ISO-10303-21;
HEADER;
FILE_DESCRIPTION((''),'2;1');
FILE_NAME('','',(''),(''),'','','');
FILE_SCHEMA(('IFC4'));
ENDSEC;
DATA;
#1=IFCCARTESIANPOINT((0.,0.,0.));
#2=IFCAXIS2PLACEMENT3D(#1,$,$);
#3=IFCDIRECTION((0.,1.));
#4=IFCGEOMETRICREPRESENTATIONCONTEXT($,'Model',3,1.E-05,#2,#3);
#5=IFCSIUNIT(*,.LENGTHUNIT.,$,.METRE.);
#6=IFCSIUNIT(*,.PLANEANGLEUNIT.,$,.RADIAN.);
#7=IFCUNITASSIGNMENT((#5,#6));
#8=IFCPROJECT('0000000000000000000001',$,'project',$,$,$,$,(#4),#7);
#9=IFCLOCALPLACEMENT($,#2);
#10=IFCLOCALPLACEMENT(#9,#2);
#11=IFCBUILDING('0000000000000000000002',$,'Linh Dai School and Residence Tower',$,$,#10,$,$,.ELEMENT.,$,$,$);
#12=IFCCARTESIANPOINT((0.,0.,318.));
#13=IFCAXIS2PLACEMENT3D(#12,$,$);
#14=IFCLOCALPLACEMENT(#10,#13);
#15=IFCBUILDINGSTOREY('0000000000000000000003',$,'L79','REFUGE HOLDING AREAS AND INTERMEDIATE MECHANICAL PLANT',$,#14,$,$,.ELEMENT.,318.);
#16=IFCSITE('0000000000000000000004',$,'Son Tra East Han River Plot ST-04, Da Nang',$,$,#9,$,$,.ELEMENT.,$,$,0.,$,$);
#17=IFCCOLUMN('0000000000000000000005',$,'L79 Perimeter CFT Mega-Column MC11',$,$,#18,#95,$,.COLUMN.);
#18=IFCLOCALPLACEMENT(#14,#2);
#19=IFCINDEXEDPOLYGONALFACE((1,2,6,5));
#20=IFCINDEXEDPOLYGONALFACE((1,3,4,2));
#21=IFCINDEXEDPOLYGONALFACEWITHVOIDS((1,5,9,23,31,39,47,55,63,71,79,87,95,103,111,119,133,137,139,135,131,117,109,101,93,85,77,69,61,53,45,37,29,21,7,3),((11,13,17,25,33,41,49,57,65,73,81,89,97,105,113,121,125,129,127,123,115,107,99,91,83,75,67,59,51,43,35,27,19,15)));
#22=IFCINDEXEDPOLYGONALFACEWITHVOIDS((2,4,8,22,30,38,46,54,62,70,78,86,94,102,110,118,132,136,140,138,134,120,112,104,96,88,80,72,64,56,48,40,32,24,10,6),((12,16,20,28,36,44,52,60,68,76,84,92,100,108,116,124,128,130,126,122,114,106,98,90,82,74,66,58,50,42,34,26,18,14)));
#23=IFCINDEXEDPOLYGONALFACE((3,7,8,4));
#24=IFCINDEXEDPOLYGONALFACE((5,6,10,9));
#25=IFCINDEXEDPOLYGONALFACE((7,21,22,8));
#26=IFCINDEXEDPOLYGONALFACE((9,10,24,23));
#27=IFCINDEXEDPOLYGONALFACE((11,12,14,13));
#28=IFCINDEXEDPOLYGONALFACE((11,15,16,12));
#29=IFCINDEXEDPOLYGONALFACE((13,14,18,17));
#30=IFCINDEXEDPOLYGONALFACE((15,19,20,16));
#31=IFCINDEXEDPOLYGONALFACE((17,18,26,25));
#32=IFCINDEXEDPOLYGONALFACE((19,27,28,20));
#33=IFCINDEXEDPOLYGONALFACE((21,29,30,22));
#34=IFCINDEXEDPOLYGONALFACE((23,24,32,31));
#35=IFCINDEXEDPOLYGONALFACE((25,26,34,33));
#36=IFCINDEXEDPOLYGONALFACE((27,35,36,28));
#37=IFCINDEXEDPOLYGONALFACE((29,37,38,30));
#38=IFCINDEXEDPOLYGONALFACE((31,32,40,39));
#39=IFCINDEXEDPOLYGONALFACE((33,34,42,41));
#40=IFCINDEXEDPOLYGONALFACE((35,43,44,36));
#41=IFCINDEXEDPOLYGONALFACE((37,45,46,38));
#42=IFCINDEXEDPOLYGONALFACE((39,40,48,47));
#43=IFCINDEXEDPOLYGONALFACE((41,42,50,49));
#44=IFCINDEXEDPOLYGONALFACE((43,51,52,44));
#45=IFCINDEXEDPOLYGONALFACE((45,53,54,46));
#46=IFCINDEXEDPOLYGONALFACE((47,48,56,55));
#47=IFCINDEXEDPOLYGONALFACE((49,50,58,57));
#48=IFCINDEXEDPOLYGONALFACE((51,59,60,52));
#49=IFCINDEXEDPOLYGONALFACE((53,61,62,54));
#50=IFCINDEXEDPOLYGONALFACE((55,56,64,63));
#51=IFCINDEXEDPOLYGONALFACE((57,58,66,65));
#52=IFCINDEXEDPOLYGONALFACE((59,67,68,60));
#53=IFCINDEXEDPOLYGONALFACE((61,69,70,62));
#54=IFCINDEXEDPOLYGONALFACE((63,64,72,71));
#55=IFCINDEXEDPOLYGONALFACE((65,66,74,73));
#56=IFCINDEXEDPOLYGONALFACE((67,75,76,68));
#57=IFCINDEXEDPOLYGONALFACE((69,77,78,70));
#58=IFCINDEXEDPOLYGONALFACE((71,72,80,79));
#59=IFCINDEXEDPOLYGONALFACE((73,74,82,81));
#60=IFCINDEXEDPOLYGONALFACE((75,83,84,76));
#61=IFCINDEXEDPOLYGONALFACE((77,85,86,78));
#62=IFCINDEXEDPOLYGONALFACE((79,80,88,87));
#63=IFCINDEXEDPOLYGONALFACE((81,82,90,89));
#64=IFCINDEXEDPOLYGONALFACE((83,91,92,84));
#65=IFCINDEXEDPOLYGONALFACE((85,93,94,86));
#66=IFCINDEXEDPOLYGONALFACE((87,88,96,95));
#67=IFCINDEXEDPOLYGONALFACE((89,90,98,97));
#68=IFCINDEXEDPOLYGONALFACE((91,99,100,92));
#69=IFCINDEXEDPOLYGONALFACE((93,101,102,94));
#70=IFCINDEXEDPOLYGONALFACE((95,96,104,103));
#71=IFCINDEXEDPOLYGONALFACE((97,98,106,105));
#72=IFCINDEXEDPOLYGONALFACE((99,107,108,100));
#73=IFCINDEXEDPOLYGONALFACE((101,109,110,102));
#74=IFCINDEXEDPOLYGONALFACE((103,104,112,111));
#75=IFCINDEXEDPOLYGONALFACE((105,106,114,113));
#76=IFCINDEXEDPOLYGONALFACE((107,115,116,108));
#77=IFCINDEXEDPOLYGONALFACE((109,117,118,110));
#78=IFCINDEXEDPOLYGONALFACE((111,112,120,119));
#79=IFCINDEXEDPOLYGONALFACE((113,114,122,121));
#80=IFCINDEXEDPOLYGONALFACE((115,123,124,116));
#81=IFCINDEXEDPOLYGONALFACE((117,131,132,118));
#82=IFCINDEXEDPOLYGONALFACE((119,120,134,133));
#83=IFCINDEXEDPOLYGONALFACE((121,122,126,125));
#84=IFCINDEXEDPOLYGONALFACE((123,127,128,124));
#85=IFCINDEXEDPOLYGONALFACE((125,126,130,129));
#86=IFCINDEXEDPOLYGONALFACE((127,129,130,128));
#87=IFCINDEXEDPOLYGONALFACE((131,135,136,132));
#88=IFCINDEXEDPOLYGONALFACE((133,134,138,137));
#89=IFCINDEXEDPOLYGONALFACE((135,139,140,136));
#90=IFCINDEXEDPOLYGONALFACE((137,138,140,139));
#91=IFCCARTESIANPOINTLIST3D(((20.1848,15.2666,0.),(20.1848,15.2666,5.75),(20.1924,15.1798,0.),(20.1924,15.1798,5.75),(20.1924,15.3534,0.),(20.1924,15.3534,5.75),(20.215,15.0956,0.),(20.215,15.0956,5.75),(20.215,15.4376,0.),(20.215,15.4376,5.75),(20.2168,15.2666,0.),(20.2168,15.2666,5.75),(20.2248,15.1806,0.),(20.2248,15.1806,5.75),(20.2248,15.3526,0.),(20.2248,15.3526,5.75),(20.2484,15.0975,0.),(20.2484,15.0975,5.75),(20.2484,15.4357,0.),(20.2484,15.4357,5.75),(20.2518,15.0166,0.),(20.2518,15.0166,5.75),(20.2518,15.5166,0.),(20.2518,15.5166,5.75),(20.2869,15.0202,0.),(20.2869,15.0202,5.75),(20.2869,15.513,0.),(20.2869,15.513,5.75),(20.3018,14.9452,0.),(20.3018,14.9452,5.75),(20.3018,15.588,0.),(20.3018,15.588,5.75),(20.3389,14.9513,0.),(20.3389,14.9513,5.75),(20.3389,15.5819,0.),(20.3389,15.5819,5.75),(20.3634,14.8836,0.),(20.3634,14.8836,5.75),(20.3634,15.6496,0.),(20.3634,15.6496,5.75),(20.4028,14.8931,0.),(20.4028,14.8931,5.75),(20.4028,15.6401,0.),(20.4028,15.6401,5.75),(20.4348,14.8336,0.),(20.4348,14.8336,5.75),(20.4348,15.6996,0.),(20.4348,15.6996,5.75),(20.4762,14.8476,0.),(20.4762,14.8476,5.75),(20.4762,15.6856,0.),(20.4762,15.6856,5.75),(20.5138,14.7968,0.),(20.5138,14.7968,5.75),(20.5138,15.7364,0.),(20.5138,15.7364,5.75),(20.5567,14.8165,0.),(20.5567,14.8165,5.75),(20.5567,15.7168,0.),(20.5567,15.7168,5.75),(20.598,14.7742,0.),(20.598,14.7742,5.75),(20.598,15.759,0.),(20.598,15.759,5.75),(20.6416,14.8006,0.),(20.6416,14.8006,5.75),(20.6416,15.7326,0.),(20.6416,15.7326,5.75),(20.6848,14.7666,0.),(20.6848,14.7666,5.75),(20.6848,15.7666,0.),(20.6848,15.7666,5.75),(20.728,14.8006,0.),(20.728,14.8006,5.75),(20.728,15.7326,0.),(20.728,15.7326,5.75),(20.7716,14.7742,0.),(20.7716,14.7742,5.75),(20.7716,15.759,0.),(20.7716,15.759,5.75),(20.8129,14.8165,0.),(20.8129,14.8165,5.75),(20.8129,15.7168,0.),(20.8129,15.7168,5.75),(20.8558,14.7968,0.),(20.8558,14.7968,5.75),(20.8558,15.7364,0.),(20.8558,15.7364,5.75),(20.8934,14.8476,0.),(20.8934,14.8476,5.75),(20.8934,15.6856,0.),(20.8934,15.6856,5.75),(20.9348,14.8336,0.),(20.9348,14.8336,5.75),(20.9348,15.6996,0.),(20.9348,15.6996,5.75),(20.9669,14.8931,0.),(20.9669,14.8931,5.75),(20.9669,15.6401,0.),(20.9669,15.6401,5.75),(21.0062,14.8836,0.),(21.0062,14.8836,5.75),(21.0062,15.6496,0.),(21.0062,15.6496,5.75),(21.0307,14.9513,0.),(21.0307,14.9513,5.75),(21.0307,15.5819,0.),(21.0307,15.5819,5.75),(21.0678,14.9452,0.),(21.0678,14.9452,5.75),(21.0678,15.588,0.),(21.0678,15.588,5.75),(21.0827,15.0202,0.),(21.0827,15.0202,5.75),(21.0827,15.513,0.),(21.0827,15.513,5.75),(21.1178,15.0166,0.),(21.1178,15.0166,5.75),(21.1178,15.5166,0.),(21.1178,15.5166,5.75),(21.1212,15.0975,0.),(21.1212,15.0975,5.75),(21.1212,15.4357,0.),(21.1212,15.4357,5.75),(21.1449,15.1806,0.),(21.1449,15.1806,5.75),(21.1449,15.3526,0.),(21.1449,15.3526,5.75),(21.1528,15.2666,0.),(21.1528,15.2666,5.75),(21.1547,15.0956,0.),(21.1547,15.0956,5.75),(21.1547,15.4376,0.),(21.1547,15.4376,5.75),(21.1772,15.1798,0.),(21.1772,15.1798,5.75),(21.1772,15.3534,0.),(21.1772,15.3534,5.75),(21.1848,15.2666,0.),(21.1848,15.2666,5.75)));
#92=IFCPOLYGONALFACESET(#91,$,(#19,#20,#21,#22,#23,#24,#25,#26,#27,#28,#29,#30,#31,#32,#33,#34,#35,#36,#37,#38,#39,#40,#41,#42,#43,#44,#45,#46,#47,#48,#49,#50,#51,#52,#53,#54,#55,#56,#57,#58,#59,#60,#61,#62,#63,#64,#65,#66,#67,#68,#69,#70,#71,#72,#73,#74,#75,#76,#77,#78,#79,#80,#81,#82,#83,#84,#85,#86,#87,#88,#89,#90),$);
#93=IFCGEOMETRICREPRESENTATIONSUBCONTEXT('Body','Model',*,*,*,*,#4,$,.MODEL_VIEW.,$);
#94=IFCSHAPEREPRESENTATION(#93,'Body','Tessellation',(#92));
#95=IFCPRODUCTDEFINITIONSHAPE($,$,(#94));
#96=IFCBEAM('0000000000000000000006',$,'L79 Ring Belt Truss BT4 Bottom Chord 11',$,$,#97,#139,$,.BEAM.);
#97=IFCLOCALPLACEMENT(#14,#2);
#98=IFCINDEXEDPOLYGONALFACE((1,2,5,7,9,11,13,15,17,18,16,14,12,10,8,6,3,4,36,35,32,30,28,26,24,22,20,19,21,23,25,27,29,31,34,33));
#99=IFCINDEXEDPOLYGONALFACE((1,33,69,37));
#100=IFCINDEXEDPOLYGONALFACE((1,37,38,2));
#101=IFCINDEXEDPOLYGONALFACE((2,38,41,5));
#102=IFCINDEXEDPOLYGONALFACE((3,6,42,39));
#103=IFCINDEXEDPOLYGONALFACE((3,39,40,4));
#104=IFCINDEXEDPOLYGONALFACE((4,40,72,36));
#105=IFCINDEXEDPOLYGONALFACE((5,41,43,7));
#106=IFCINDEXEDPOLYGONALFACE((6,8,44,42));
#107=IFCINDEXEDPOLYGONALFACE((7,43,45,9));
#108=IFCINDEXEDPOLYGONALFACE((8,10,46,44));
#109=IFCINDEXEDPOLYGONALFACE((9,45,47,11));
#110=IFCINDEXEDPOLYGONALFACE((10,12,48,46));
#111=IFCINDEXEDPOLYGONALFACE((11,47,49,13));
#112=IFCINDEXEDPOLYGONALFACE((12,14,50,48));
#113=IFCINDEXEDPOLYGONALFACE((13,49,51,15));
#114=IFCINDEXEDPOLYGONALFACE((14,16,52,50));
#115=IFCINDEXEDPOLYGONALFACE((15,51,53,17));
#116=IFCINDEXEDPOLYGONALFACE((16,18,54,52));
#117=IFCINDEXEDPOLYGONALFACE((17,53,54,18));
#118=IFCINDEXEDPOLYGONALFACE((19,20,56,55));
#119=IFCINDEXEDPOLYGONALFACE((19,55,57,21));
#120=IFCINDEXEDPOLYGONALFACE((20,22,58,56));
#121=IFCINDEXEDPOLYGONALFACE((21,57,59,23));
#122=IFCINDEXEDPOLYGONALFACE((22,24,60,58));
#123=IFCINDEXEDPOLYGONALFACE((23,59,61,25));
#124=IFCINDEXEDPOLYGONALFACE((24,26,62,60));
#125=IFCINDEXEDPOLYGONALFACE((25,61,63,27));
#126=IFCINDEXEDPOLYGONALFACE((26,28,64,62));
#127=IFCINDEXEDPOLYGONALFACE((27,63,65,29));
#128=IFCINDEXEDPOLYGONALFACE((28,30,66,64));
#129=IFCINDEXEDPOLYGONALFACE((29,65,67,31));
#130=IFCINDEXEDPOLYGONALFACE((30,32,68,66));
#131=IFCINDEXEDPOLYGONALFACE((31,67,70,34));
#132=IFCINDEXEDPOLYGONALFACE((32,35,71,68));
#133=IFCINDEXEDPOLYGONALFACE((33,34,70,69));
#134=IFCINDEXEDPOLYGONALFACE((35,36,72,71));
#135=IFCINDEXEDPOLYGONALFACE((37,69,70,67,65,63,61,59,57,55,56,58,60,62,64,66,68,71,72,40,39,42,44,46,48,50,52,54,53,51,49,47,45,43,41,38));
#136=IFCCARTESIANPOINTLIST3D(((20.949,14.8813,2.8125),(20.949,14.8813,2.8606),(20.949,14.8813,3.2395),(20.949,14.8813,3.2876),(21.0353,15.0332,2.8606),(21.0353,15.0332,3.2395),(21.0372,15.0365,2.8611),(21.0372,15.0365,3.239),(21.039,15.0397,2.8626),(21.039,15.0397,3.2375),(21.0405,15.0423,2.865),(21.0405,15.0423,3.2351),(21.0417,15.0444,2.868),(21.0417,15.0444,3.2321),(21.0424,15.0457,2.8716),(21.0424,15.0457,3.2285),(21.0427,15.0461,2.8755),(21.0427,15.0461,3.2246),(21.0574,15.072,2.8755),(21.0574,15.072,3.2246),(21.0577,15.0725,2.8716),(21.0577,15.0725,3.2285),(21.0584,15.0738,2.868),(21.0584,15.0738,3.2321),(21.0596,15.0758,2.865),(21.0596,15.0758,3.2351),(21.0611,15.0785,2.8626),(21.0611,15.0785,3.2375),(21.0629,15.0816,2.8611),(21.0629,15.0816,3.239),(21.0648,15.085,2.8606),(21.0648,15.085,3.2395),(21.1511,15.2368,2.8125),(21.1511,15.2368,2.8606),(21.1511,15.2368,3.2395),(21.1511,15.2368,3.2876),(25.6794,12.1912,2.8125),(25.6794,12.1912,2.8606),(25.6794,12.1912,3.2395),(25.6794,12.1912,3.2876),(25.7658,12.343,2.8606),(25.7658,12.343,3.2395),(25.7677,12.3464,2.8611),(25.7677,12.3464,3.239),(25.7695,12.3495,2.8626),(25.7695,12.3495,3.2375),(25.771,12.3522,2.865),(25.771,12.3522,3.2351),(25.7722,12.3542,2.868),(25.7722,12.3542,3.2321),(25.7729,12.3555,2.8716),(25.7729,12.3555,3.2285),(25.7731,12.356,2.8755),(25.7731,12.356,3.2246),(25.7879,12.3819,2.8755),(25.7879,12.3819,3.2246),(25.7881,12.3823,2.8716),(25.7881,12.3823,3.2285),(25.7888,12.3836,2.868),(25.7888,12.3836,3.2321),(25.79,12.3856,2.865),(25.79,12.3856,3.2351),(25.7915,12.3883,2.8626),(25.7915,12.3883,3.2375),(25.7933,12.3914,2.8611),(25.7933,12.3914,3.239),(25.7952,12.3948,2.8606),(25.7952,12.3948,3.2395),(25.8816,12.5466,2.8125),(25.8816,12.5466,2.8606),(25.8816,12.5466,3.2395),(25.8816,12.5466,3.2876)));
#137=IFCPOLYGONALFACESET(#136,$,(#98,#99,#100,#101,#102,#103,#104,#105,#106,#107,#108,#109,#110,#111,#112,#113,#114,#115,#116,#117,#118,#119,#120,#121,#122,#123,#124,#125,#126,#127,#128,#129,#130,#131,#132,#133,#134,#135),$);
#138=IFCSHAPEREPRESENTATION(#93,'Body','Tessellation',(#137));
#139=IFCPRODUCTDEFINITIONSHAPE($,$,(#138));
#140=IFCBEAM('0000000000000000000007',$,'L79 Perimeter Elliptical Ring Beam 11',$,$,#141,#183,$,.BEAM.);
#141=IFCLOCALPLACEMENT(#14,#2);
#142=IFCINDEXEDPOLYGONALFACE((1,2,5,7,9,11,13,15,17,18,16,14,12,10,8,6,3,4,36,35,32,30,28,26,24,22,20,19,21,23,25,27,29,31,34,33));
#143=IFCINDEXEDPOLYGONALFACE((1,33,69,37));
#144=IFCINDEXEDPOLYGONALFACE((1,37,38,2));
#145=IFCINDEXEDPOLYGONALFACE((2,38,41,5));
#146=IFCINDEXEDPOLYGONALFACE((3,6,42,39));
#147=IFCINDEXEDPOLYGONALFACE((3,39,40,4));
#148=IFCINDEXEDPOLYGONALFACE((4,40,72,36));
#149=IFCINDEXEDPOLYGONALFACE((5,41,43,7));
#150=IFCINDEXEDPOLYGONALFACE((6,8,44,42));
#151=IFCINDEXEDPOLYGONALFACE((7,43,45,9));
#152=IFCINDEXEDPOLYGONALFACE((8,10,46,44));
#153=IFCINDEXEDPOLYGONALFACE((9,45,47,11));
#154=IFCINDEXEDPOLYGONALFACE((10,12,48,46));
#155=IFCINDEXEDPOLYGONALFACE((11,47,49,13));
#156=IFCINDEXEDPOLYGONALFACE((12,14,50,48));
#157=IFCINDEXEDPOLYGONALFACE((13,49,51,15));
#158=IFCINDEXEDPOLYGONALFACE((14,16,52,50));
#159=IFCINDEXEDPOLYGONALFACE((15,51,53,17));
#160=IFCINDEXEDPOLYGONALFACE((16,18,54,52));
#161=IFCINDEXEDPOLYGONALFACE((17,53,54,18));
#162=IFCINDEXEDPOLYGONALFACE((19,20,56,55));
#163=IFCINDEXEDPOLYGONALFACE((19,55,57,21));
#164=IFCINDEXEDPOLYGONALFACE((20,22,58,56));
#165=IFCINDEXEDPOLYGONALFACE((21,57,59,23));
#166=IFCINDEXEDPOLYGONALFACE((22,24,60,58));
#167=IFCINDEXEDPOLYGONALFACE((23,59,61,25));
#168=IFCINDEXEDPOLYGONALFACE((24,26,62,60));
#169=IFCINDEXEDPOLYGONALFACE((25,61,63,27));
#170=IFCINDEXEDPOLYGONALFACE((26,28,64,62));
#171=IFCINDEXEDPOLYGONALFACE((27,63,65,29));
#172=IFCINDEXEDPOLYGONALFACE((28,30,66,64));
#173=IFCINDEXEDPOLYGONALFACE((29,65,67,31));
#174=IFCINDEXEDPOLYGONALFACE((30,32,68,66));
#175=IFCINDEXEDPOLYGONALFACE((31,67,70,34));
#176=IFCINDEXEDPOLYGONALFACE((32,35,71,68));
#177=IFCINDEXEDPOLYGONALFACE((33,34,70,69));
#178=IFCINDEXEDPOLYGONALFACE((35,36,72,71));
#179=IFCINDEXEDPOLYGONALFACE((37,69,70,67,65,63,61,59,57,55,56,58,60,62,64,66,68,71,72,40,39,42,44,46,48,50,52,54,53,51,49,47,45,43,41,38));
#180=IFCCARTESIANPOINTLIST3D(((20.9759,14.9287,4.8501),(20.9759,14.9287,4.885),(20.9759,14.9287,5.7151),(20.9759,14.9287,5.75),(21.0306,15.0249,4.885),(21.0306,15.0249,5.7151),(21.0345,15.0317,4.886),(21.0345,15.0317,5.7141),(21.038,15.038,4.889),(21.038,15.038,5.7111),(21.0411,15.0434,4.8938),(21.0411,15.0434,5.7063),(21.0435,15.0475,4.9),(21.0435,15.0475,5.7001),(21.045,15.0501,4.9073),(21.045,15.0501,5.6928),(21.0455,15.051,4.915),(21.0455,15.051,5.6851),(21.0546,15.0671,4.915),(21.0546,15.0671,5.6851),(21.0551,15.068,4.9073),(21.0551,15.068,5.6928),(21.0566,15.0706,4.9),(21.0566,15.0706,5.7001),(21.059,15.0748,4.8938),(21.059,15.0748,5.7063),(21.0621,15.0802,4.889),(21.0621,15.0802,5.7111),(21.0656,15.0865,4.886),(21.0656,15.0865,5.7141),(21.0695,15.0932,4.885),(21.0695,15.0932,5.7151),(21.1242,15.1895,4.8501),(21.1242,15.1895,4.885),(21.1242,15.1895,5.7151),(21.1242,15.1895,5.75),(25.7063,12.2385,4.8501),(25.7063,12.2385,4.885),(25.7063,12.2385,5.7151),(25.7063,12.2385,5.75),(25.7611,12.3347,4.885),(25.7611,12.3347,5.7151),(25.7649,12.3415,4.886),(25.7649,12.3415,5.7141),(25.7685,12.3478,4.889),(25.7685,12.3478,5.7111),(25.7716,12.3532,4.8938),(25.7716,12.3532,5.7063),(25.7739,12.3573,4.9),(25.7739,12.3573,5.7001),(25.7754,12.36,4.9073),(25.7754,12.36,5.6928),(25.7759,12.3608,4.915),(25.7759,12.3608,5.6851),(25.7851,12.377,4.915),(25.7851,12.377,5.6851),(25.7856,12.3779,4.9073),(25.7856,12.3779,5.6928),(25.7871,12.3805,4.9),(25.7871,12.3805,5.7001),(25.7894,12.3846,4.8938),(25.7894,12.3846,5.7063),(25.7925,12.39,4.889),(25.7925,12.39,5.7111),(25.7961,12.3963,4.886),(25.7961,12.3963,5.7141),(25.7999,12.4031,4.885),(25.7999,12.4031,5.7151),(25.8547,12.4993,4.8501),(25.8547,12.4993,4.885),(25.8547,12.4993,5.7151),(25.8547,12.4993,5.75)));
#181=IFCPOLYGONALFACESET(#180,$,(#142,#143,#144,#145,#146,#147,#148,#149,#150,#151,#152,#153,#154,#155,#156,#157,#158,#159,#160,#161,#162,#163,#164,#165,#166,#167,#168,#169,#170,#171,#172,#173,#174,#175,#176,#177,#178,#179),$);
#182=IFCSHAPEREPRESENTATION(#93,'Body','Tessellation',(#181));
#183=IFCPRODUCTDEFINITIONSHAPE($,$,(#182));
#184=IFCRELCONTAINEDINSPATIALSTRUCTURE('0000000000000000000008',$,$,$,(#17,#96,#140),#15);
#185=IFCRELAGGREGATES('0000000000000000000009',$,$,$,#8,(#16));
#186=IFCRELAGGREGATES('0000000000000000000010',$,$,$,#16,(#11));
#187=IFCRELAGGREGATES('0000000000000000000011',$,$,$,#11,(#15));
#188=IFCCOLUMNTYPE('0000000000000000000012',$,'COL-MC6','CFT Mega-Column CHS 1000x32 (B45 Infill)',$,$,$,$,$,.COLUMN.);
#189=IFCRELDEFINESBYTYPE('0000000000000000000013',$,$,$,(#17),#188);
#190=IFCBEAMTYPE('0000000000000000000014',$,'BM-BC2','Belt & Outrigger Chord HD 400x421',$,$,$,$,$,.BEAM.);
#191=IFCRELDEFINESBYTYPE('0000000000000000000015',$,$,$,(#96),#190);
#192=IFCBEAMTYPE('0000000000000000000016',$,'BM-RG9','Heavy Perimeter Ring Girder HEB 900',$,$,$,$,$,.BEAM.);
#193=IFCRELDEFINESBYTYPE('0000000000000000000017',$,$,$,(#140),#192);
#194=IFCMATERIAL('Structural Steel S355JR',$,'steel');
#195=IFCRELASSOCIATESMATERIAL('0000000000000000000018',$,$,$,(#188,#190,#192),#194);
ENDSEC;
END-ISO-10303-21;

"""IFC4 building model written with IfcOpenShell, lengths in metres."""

from ifc_helpers import new_model, si_unit, direction, frame, origin, origin_2d, place, context, subcontext, project, spatial, hollow_circle, i_section, extrude, material, material_profile, profile_set, type_object, element, save


model = new_model("IFC4")

# Units and contexts
model_context = context("Model", 3, precision=1e-05, world=origin(), true_north=direction((0.0, 1.0)))
body_context = subcontext(model_context, "Body", "Model", "MODEL_VIEW")
ifc_project = project(units=[si_unit("LENGTHUNIT", "METRE"), si_unit("PLANEANGLEUNIT", "RADIAN")], contexts=[model_context])

# Site, building, storey
site_placement = place(None, origin())
site = spatial("IfcSite", under=ifc_project, at=site_placement, Name="Son Tra East Han River Plot ST-04, Da Nang", CompositionType="ELEMENT", RefElevation=0.0)
building_placement = place(site_placement, origin())
building = spatial("IfcBuilding", under=site, at=building_placement, Name="Linh Dai School and Residence Tower", CompositionType="ELEMENT")
storey_placement = place(building_placement, frame((0.0, 0.0, 318.0)))
storey = spatial("IfcBuildingStorey", under=building, at=storey_placement, Name="L79", Description="REFUGE HOLDING AREAS AND INTERMEDIATE MECHANICAL PLANT", CompositionType="ELEMENT", Elevation=318.0)

# Column
ifc_material_1 = material(Name="Structural Steel S355JR", Category="steel")
ifc_material_profile_1 = material_profile(ifc_material_1, hollow_circle(Radius=0.5, WallThickness=0.032, at=origin_2d()), Name="CHS 1000x32")
ifc_profile_set_1 = profile_set([ifc_material_profile_1], Name="Structural Steel S355JR")
column_type = type_object("IfcColumnType", Name="COL-MC6", Description="CFT Mega-Column CHS 1000x32 (B45 Infill)", PredefinedType="COLUMN", material=ifc_profile_set_1)
column_placement = place(storey_placement, frame((20.6848, 15.2666, 0.0), z_axis=(0.0, 0.0, 1.0), x_axis=(1.0, 0.0, 0.0)))
element("IfcColumn", 1, at=column_placement, inside=storey, type_object=column_type, Name="L79 Perimeter CFT Mega-Column MC11", PredefinedType="COLUMN", context=body_context, shape_type="SweptSolid", body=[
    extrude(hollow_circle(Radius=0.5, WallThickness=0.032, at=origin_2d()), origin(), (0.0, 0.0, 1.0), 5.75),
])

# Beams
ifc_material_profile_2 = material_profile(ifc_material_1, i_section(OverallWidth=0.4089, OverallDepth=0.4751, WebThickness=0.0298, FlangeThickness=0.0481, FilletRadius=0.0149, at=origin_2d()), Name="HD 400x421")
ifc_profile_set_2 = profile_set([ifc_material_profile_2], Name="Structural Steel S355JR")
beam_type_1 = type_object("IfcBeamType", Name="BM-BC2", Description="Belt & Outrigger Chord HD 400x421", PredefinedType="BEAM", material=ifc_profile_set_2)
beam_1_placement = place(storey_placement, frame((21.05, 15.0591, 3.05), z_axis=(0.869266, -0.494345, 0.0), x_axis=(0.494345, 0.869266, 0.0)))
element("IfcBeam", 2, at=beam_1_placement, inside=storey, type_object=beam_type_1, Name="L79 Ring Belt Truss BT4 Bottom Chord 11", PredefinedType="BEAM", context=body_context, shape_type="SweptSolid", body=[
    extrude(i_section(OverallWidth=0.4089, OverallDepth=0.4751, WebThickness=0.0298, FlangeThickness=0.0481, FilletRadius=0.0149, at=origin_2d()), origin(), (0.0, 0.0, 1.0), 5.4419),
])
ifc_material_profile_3 = material_profile(ifc_material_1, i_section(OverallWidth=0.3, OverallDepth=0.8999, WebThickness=0.0186, FlangeThickness=0.0349, FilletRadius=0.03, at=origin_2d()), Name="HEB 900")
ifc_profile_set_3 = profile_set([ifc_material_profile_3], Name="Structural Steel S355JR")
beam_type_2 = type_object("IfcBeamType", Name="BM-RG9", Description="Heavy Perimeter Ring Girder HEB 900", PredefinedType="BEAM", material=ifc_profile_set_3)
beam_2_placement = place(storey_placement, frame((21.05, 15.0591, 5.3), z_axis=(0.869266, -0.494345, 0.0), x_axis=(0.494345, 0.869266, 0.0)))
element("IfcBeam", 3, at=beam_2_placement, inside=storey, type_object=beam_type_2, Name="L79 Perimeter Elliptical Ring Beam 11", PredefinedType="BEAM", context=body_context, shape_type="SweptSolid", body=[
    extrude(i_section(OverallWidth=0.3, OverallDepth=0.8999, WebThickness=0.0186, FlangeThickness=0.0349, FilletRadius=0.03, at=origin_2d()), origin(), (0.0, 0.0, 1.0), 5.4419),
])

save(model, "model.ifc")
